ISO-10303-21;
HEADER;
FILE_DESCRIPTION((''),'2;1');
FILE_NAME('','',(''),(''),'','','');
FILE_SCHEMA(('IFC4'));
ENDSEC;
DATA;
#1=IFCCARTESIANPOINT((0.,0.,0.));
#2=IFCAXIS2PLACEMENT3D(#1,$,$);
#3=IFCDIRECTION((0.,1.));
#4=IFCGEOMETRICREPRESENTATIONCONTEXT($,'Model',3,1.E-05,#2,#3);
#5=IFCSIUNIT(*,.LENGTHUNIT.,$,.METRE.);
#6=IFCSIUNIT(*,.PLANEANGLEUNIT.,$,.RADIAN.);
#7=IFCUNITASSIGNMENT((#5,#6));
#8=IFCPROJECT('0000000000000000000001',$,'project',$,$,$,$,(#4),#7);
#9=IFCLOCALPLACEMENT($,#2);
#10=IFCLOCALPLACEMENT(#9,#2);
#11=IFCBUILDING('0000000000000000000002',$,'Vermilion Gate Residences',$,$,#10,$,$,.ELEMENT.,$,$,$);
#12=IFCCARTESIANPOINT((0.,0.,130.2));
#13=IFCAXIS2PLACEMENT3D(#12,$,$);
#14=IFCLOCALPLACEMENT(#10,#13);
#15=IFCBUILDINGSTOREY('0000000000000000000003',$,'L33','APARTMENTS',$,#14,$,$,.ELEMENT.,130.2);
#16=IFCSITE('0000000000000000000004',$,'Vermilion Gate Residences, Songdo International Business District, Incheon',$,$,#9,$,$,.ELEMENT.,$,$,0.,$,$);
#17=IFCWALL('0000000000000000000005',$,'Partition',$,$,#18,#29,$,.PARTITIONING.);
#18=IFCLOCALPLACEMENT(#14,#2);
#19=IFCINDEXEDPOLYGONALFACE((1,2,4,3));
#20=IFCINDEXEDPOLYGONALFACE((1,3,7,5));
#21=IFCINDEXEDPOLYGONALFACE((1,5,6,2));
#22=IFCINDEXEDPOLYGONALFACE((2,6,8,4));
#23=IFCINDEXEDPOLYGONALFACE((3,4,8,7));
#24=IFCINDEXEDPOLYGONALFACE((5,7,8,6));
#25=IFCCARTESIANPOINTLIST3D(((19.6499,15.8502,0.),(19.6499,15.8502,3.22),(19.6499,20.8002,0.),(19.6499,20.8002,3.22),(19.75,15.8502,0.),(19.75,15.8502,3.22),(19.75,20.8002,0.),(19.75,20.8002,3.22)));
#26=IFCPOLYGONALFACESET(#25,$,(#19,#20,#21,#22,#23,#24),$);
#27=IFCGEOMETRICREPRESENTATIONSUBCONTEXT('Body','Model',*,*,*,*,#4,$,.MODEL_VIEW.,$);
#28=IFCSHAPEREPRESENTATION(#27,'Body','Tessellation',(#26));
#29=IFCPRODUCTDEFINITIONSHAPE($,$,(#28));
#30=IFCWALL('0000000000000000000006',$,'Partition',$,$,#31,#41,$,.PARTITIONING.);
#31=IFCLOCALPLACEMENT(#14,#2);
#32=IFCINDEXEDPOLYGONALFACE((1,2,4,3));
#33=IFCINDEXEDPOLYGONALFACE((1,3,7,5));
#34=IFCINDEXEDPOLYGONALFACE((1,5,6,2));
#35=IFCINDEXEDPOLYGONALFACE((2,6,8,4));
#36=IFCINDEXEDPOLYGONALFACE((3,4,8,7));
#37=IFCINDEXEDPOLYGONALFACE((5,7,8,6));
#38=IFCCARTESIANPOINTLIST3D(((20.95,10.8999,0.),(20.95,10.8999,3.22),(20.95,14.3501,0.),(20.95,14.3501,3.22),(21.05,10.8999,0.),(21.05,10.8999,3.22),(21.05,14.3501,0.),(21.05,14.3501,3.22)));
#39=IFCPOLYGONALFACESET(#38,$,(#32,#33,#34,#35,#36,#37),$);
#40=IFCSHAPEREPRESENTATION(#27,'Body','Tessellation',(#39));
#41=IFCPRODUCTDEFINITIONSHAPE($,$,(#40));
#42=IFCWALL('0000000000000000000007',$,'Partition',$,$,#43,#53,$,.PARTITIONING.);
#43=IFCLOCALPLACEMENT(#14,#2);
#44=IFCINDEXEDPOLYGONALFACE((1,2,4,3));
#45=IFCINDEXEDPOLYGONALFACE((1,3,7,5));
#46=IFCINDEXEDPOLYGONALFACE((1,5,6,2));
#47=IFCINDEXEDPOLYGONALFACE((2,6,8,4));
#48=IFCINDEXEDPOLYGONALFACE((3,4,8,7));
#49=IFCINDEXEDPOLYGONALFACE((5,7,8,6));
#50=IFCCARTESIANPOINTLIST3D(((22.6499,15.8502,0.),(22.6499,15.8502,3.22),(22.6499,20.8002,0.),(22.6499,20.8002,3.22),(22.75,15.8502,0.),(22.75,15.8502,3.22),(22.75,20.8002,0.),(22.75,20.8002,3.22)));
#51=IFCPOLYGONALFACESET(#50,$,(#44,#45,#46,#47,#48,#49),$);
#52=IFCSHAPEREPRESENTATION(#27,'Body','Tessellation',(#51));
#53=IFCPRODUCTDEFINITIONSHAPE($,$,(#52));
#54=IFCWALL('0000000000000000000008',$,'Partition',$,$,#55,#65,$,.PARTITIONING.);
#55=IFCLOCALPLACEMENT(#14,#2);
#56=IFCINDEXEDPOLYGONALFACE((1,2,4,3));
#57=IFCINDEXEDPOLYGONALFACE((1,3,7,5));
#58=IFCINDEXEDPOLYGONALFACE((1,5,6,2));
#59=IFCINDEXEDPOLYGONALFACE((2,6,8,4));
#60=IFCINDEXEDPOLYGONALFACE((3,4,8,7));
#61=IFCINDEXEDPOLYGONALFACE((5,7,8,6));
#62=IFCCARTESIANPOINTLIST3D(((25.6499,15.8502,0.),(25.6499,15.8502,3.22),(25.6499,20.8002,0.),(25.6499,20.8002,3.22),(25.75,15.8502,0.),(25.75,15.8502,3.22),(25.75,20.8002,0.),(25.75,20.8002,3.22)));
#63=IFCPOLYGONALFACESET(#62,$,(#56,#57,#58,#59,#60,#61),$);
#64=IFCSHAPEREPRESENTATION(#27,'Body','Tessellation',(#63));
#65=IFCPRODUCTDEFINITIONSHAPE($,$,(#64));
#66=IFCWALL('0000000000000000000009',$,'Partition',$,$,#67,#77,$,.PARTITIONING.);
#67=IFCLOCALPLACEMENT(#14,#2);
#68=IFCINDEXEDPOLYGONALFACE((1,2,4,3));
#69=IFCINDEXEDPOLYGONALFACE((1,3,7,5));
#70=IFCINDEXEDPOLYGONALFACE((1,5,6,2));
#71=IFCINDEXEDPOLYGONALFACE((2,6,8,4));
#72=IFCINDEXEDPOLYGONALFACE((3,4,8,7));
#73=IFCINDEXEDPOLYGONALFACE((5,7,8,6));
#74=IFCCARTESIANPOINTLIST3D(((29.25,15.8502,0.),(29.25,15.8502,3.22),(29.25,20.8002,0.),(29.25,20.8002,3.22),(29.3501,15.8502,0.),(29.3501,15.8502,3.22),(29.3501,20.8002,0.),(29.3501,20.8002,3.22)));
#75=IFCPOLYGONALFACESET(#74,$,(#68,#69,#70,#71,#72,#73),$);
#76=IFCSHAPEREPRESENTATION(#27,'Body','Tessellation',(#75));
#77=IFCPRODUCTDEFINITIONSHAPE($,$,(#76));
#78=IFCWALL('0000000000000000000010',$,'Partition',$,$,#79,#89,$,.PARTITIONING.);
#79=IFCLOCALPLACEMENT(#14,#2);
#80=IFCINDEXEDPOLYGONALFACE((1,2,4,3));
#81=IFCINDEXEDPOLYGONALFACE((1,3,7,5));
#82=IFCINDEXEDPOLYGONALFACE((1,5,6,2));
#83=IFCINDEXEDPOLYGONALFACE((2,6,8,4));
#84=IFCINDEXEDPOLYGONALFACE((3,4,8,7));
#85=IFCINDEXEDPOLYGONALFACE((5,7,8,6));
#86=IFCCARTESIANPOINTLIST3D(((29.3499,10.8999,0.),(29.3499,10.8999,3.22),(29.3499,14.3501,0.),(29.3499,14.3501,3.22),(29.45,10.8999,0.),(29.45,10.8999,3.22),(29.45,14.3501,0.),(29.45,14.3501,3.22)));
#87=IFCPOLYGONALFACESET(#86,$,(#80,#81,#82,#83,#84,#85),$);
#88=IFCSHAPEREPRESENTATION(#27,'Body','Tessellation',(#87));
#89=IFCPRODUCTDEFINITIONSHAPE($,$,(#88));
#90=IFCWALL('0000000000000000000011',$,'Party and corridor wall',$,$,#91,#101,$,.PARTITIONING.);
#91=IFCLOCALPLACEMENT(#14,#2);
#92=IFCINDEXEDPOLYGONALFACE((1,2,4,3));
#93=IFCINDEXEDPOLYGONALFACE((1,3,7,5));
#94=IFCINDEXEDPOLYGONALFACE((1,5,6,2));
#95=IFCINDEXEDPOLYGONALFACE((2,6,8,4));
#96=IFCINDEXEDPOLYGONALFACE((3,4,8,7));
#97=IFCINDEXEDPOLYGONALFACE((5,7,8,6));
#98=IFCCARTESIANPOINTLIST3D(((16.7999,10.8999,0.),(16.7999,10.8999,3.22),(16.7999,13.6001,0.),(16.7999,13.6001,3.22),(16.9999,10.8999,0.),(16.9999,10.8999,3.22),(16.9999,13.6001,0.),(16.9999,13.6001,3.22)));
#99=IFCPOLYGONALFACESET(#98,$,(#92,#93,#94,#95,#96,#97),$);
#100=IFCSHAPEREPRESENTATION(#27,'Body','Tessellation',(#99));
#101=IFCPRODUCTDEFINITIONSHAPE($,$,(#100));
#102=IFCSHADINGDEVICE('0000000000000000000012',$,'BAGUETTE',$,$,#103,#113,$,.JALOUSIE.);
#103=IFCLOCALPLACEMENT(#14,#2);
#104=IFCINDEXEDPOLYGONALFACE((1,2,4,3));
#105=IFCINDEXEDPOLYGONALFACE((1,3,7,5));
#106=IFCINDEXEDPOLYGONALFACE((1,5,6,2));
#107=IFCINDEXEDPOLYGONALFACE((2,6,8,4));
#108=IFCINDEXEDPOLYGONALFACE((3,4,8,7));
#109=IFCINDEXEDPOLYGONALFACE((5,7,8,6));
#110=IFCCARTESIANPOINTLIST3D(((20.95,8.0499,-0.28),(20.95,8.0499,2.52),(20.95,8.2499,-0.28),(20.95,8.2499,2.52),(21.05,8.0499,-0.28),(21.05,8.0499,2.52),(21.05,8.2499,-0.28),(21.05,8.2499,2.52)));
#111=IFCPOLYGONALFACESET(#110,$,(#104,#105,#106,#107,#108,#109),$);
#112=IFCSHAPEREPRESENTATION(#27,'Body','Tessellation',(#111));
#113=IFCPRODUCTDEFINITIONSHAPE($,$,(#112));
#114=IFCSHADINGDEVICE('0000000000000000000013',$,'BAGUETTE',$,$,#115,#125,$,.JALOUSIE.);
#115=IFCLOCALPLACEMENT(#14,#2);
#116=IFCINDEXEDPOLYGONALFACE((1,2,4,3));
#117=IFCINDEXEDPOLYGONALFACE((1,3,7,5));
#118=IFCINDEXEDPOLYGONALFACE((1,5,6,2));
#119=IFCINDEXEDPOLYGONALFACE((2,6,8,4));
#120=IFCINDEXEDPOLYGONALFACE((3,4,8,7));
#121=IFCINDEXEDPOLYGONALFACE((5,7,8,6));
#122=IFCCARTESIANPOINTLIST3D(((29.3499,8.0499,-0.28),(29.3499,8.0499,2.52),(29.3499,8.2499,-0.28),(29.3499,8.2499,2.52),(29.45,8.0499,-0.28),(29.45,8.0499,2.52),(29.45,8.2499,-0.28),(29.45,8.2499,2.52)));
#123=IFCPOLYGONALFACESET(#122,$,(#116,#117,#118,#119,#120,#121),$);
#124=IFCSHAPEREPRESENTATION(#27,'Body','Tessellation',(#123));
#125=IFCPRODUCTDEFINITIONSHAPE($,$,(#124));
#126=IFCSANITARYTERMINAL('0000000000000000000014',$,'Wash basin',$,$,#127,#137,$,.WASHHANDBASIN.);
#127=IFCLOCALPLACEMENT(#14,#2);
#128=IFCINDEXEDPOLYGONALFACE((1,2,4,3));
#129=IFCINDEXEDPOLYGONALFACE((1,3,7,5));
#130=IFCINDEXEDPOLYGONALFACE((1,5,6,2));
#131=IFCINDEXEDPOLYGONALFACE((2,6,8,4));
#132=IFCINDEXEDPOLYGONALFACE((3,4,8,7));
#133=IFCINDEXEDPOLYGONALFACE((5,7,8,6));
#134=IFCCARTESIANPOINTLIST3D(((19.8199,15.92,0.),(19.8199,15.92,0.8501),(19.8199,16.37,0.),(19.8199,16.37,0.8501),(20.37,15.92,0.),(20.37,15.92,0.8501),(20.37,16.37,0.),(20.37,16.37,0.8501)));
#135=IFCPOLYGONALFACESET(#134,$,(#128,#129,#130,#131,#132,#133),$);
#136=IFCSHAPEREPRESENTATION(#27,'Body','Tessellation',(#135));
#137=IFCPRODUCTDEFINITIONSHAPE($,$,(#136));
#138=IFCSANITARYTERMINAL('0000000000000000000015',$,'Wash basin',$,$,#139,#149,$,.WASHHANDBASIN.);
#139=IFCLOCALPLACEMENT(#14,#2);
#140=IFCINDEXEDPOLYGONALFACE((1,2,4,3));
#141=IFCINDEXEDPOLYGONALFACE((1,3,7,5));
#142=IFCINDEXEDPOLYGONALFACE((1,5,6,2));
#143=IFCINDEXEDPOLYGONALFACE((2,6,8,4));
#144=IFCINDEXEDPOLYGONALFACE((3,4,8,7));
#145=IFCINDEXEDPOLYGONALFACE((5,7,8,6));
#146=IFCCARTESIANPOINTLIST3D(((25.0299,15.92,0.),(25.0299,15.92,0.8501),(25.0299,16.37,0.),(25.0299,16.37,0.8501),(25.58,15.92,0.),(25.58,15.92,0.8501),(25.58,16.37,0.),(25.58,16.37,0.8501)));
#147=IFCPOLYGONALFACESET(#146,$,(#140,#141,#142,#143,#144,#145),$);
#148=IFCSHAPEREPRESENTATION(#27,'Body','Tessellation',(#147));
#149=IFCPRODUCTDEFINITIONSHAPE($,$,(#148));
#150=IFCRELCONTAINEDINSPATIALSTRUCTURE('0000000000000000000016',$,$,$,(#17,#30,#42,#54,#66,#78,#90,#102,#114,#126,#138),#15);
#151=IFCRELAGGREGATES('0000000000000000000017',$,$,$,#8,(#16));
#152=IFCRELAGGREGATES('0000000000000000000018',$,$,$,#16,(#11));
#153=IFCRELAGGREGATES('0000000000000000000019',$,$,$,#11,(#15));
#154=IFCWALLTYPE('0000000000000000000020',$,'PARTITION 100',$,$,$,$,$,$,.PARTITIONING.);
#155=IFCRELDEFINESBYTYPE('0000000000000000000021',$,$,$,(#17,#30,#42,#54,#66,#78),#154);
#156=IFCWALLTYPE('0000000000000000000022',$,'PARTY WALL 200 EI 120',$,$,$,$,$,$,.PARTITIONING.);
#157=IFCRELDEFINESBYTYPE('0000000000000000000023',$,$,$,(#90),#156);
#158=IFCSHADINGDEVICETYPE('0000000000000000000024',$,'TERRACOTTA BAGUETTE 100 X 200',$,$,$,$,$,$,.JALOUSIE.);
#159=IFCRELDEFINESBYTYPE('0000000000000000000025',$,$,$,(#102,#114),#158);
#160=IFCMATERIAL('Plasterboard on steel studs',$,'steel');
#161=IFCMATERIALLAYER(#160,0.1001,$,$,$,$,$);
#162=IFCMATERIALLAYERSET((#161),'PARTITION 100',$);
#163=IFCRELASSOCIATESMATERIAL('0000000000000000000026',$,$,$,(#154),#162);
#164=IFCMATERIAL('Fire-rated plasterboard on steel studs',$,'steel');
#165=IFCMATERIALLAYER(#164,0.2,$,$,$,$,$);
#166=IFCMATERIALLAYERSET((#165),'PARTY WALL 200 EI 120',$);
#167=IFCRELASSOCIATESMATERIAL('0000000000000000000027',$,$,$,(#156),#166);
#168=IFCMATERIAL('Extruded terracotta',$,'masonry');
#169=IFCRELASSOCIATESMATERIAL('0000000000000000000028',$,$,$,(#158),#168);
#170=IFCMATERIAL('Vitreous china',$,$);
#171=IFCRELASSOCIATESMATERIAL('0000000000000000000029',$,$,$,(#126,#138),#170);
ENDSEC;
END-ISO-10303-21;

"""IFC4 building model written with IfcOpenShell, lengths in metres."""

from ifc_helpers import new_model, si_unit, direction, frame, frame_2d, origin, origin_2d, place, context, subcontext, project, spatial, rectangle, extrude, material, layer, layer_set, material_profile, profile_set, type_object, element, save


model = new_model("IFC4")

# Units and contexts
model_context = context("Model", 3, precision=1e-05, world=origin(), true_north=direction((0.0, 1.0)))
body_context = subcontext(model_context, "Body", "Model", "MODEL_VIEW")
ifc_project = project(units=[si_unit("LENGTHUNIT", "METRE"), si_unit("PLANEANGLEUNIT", "RADIAN")], contexts=[model_context])

# Site, building, storey
site_placement = place(None, origin())
site = spatial("IfcSite", under=ifc_project, at=site_placement, Name="Vermilion Gate Residences, Songdo International Business District, Incheon", CompositionType="ELEMENT", RefElevation=0.0)
building_placement = place(site_placement, origin())
building = spatial("IfcBuilding", under=site, at=building_placement, Name="Vermilion Gate Residences", CompositionType="ELEMENT")
storey_placement = place(building_placement, frame((0.0, 0.0, 130.2)))
storey = spatial("IfcBuildingStorey", under=building, at=storey_placement, Name="L33", Description="APARTMENTS", CompositionType="ELEMENT", Elevation=130.2)

# Shared definitions
ifc_material_1 = material(Name="Plasterboard on steel studs", Category="steel")
ifc_layer_1 = layer(ifc_material_1, 0.1001)
ifc_layer_set_1 = layer_set([ifc_layer_1], Name="PARTITION 100")
wall_type_1 = type_object("IfcWallType", Name="PARTITION 100", PredefinedType="PARTITIONING", material=ifc_layer_set_1)

# Walls
wall_1_placement = place(storey_placement, frame((19.7, 15.8501, 0.0), z_axis=(0.0, 0.0, 1.0), x_axis=(0.0, 1.0, 0.0)))
element("IfcWall", 1, at=wall_1_placement, inside=storey, type_object=wall_type_1, Name="Partition", PredefinedType="PARTITIONING", context=body_context, shape_type="SweptSolid", body=[
    extrude(rectangle(XDim=4.95, YDim=0.1001, at=frame_2d((2.4751, 0.0))), origin(), (0.0, 0.0, 1.0), 3.22),
])
wall_2_placement = place(storey_placement, frame((21.0, 10.8999, 0.0), z_axis=(0.0, 0.0, 1.0), x_axis=(0.0, 1.0, 0.0)))
element("IfcWall", 2, at=wall_2_placement, inside=storey, type_object=wall_type_1, Name="Partition", PredefinedType="PARTITIONING", context=body_context, shape_type="SweptSolid", body=[
    extrude(rectangle(XDim=3.4502, YDim=0.1001, at=frame_2d((1.7251, 0.0))), origin(), (0.0, 0.0, 1.0), 3.22),
])
for number, where, z_axis, x_axis, name in (
    (3, (22.7, 15.8501, 0.0), (0.0, 0.0, 1.0), (0.0, 1.0, 0.0), "Partition"),
    (4, (25.7, 15.8501, 0.0), (0.0, 0.0, 1.0), (0.0, 1.0, 0.0), "Partition"),
    (5, (29.3, 15.8501, 0.0), (0.0, 0.0, 1.0), (0.0, 1.0, 0.0), "Partition"),
):
    element("IfcWall", number, at=place(storey_placement, frame(where, z_axis=z_axis, x_axis=x_axis)), inside=storey, type_object=wall_type_1, Name=name, PredefinedType="PARTITIONING", context=body_context, shape_type="SweptSolid", body=[
        extrude(rectangle(XDim=4.95, YDim=0.1001, at=frame_2d((2.4751, 0.0))), origin(), (0.0, 0.0, 1.0), 3.22),
    ])
wall_3_placement = place(storey_placement, frame((29.3999, 10.8999, 0.0), z_axis=(0.0, 0.0, 1.0), x_axis=(0.0, 1.0, 0.0)))
element("IfcWall", 6, at=wall_3_placement, inside=storey, type_object=wall_type_1, Name="Partition", PredefinedType="PARTITIONING", context=body_context, shape_type="SweptSolid", body=[
    extrude(rectangle(XDim=3.4502, YDim=0.1001, at=frame_2d((1.7251, 0.0))), origin(), (0.0, 0.0, 1.0), 3.22),
])
ifc_material_2 = material(Name="Fire-rated plasterboard on steel studs", Category="steel")
ifc_layer_2 = layer(ifc_material_2, 0.2)
ifc_layer_set_2 = layer_set([ifc_layer_2], Name="PARTY WALL 200 EI 120")
wall_type_2 = type_object("IfcWallType", Name="PARTY WALL 200 EI 120", PredefinedType="PARTITIONING", material=ifc_layer_set_2)
wall_4_placement = place(storey_placement, frame((16.8999, 10.8999, 0.0), z_axis=(0.0, 0.0, 1.0), x_axis=(0.0, 1.0, 0.0)))
element("IfcWall", 7, at=wall_4_placement, inside=storey, type_object=wall_type_2, Name="Party and corridor wall", PredefinedType="PARTITIONING", context=body_context, shape_type="SweptSolid", body=[
    extrude(rectangle(XDim=2.7002, YDim=0.2, at=frame_2d((1.3501, 0.0))), origin(), (0.0, 0.0, 1.0), 3.22),
])

# Shading devices
ifc_material_3 = material(Name="Extruded terracotta", Category="masonry")
ifc_material_profile_1 = material_profile(ifc_material_3, rectangle(XDim=0.2, YDim=0.1001, at=origin_2d()), Name="BAGUETTE 100 X 200")
ifc_profile_set_1 = profile_set([ifc_material_profile_1], Name="Extruded terracotta")
shading_device_type = type_object("IfcShadingDeviceType", Name="TERRACOTTA BAGUETTE 100 X 200", PredefinedType="JALOUSIE", material=ifc_profile_set_1)
for number, where, z_axis, x_axis, name in (
    (8, (21.0, 8.1499, -0.28), (0.0, 0.0, 1.0), (0.0, 1.0, 0.0), "BAGUETTE"),
    (9, (29.3999, 8.1499, -0.28), (0.0, 0.0, 1.0), (0.0, 1.0, 0.0), "BAGUETTE"),
):
    element("IfcShadingDevice", number, at=place(storey_placement, frame(where, z_axis=z_axis, x_axis=x_axis)), inside=storey, type_object=shading_device_type, Name=name, PredefinedType="JALOUSIE", context=body_context, shape_type="SweptSolid", body=[
        extrude(rectangle(XDim=0.2, YDim=0.1001, at=origin_2d()), origin(), (0.0, 0.0, 1.0), 2.8),
    ])

# Sanitary terminals
ifc_material_4 = material(Name="Vitreous china")
for number, where, z_axis, x_axis, name in (
    (10, (20.095, 16.145, 0.0), (0.0, 0.0, 1.0), (1.0, 0.0, 0.0), "Wash basin"),
    (11, (25.3049, 16.145, 0.0), (0.0, 0.0, 1.0), (1.0, 0.0, 0.0), "Wash basin"),
):
    element("IfcSanitaryTerminal", number, at=place(storey_placement, frame(where, z_axis=z_axis, x_axis=x_axis)), inside=storey, material=ifc_material_4, Name=name, PredefinedType="WASHHANDBASIN", context=body_context, shape_type="SweptSolid", body=[
        extrude(rectangle(XDim=0.55, YDim=0.45, at=origin_2d()), origin(), (0.0, 0.0, 1.0), 0.8501),
    ])

save(model, "model.ifc")
